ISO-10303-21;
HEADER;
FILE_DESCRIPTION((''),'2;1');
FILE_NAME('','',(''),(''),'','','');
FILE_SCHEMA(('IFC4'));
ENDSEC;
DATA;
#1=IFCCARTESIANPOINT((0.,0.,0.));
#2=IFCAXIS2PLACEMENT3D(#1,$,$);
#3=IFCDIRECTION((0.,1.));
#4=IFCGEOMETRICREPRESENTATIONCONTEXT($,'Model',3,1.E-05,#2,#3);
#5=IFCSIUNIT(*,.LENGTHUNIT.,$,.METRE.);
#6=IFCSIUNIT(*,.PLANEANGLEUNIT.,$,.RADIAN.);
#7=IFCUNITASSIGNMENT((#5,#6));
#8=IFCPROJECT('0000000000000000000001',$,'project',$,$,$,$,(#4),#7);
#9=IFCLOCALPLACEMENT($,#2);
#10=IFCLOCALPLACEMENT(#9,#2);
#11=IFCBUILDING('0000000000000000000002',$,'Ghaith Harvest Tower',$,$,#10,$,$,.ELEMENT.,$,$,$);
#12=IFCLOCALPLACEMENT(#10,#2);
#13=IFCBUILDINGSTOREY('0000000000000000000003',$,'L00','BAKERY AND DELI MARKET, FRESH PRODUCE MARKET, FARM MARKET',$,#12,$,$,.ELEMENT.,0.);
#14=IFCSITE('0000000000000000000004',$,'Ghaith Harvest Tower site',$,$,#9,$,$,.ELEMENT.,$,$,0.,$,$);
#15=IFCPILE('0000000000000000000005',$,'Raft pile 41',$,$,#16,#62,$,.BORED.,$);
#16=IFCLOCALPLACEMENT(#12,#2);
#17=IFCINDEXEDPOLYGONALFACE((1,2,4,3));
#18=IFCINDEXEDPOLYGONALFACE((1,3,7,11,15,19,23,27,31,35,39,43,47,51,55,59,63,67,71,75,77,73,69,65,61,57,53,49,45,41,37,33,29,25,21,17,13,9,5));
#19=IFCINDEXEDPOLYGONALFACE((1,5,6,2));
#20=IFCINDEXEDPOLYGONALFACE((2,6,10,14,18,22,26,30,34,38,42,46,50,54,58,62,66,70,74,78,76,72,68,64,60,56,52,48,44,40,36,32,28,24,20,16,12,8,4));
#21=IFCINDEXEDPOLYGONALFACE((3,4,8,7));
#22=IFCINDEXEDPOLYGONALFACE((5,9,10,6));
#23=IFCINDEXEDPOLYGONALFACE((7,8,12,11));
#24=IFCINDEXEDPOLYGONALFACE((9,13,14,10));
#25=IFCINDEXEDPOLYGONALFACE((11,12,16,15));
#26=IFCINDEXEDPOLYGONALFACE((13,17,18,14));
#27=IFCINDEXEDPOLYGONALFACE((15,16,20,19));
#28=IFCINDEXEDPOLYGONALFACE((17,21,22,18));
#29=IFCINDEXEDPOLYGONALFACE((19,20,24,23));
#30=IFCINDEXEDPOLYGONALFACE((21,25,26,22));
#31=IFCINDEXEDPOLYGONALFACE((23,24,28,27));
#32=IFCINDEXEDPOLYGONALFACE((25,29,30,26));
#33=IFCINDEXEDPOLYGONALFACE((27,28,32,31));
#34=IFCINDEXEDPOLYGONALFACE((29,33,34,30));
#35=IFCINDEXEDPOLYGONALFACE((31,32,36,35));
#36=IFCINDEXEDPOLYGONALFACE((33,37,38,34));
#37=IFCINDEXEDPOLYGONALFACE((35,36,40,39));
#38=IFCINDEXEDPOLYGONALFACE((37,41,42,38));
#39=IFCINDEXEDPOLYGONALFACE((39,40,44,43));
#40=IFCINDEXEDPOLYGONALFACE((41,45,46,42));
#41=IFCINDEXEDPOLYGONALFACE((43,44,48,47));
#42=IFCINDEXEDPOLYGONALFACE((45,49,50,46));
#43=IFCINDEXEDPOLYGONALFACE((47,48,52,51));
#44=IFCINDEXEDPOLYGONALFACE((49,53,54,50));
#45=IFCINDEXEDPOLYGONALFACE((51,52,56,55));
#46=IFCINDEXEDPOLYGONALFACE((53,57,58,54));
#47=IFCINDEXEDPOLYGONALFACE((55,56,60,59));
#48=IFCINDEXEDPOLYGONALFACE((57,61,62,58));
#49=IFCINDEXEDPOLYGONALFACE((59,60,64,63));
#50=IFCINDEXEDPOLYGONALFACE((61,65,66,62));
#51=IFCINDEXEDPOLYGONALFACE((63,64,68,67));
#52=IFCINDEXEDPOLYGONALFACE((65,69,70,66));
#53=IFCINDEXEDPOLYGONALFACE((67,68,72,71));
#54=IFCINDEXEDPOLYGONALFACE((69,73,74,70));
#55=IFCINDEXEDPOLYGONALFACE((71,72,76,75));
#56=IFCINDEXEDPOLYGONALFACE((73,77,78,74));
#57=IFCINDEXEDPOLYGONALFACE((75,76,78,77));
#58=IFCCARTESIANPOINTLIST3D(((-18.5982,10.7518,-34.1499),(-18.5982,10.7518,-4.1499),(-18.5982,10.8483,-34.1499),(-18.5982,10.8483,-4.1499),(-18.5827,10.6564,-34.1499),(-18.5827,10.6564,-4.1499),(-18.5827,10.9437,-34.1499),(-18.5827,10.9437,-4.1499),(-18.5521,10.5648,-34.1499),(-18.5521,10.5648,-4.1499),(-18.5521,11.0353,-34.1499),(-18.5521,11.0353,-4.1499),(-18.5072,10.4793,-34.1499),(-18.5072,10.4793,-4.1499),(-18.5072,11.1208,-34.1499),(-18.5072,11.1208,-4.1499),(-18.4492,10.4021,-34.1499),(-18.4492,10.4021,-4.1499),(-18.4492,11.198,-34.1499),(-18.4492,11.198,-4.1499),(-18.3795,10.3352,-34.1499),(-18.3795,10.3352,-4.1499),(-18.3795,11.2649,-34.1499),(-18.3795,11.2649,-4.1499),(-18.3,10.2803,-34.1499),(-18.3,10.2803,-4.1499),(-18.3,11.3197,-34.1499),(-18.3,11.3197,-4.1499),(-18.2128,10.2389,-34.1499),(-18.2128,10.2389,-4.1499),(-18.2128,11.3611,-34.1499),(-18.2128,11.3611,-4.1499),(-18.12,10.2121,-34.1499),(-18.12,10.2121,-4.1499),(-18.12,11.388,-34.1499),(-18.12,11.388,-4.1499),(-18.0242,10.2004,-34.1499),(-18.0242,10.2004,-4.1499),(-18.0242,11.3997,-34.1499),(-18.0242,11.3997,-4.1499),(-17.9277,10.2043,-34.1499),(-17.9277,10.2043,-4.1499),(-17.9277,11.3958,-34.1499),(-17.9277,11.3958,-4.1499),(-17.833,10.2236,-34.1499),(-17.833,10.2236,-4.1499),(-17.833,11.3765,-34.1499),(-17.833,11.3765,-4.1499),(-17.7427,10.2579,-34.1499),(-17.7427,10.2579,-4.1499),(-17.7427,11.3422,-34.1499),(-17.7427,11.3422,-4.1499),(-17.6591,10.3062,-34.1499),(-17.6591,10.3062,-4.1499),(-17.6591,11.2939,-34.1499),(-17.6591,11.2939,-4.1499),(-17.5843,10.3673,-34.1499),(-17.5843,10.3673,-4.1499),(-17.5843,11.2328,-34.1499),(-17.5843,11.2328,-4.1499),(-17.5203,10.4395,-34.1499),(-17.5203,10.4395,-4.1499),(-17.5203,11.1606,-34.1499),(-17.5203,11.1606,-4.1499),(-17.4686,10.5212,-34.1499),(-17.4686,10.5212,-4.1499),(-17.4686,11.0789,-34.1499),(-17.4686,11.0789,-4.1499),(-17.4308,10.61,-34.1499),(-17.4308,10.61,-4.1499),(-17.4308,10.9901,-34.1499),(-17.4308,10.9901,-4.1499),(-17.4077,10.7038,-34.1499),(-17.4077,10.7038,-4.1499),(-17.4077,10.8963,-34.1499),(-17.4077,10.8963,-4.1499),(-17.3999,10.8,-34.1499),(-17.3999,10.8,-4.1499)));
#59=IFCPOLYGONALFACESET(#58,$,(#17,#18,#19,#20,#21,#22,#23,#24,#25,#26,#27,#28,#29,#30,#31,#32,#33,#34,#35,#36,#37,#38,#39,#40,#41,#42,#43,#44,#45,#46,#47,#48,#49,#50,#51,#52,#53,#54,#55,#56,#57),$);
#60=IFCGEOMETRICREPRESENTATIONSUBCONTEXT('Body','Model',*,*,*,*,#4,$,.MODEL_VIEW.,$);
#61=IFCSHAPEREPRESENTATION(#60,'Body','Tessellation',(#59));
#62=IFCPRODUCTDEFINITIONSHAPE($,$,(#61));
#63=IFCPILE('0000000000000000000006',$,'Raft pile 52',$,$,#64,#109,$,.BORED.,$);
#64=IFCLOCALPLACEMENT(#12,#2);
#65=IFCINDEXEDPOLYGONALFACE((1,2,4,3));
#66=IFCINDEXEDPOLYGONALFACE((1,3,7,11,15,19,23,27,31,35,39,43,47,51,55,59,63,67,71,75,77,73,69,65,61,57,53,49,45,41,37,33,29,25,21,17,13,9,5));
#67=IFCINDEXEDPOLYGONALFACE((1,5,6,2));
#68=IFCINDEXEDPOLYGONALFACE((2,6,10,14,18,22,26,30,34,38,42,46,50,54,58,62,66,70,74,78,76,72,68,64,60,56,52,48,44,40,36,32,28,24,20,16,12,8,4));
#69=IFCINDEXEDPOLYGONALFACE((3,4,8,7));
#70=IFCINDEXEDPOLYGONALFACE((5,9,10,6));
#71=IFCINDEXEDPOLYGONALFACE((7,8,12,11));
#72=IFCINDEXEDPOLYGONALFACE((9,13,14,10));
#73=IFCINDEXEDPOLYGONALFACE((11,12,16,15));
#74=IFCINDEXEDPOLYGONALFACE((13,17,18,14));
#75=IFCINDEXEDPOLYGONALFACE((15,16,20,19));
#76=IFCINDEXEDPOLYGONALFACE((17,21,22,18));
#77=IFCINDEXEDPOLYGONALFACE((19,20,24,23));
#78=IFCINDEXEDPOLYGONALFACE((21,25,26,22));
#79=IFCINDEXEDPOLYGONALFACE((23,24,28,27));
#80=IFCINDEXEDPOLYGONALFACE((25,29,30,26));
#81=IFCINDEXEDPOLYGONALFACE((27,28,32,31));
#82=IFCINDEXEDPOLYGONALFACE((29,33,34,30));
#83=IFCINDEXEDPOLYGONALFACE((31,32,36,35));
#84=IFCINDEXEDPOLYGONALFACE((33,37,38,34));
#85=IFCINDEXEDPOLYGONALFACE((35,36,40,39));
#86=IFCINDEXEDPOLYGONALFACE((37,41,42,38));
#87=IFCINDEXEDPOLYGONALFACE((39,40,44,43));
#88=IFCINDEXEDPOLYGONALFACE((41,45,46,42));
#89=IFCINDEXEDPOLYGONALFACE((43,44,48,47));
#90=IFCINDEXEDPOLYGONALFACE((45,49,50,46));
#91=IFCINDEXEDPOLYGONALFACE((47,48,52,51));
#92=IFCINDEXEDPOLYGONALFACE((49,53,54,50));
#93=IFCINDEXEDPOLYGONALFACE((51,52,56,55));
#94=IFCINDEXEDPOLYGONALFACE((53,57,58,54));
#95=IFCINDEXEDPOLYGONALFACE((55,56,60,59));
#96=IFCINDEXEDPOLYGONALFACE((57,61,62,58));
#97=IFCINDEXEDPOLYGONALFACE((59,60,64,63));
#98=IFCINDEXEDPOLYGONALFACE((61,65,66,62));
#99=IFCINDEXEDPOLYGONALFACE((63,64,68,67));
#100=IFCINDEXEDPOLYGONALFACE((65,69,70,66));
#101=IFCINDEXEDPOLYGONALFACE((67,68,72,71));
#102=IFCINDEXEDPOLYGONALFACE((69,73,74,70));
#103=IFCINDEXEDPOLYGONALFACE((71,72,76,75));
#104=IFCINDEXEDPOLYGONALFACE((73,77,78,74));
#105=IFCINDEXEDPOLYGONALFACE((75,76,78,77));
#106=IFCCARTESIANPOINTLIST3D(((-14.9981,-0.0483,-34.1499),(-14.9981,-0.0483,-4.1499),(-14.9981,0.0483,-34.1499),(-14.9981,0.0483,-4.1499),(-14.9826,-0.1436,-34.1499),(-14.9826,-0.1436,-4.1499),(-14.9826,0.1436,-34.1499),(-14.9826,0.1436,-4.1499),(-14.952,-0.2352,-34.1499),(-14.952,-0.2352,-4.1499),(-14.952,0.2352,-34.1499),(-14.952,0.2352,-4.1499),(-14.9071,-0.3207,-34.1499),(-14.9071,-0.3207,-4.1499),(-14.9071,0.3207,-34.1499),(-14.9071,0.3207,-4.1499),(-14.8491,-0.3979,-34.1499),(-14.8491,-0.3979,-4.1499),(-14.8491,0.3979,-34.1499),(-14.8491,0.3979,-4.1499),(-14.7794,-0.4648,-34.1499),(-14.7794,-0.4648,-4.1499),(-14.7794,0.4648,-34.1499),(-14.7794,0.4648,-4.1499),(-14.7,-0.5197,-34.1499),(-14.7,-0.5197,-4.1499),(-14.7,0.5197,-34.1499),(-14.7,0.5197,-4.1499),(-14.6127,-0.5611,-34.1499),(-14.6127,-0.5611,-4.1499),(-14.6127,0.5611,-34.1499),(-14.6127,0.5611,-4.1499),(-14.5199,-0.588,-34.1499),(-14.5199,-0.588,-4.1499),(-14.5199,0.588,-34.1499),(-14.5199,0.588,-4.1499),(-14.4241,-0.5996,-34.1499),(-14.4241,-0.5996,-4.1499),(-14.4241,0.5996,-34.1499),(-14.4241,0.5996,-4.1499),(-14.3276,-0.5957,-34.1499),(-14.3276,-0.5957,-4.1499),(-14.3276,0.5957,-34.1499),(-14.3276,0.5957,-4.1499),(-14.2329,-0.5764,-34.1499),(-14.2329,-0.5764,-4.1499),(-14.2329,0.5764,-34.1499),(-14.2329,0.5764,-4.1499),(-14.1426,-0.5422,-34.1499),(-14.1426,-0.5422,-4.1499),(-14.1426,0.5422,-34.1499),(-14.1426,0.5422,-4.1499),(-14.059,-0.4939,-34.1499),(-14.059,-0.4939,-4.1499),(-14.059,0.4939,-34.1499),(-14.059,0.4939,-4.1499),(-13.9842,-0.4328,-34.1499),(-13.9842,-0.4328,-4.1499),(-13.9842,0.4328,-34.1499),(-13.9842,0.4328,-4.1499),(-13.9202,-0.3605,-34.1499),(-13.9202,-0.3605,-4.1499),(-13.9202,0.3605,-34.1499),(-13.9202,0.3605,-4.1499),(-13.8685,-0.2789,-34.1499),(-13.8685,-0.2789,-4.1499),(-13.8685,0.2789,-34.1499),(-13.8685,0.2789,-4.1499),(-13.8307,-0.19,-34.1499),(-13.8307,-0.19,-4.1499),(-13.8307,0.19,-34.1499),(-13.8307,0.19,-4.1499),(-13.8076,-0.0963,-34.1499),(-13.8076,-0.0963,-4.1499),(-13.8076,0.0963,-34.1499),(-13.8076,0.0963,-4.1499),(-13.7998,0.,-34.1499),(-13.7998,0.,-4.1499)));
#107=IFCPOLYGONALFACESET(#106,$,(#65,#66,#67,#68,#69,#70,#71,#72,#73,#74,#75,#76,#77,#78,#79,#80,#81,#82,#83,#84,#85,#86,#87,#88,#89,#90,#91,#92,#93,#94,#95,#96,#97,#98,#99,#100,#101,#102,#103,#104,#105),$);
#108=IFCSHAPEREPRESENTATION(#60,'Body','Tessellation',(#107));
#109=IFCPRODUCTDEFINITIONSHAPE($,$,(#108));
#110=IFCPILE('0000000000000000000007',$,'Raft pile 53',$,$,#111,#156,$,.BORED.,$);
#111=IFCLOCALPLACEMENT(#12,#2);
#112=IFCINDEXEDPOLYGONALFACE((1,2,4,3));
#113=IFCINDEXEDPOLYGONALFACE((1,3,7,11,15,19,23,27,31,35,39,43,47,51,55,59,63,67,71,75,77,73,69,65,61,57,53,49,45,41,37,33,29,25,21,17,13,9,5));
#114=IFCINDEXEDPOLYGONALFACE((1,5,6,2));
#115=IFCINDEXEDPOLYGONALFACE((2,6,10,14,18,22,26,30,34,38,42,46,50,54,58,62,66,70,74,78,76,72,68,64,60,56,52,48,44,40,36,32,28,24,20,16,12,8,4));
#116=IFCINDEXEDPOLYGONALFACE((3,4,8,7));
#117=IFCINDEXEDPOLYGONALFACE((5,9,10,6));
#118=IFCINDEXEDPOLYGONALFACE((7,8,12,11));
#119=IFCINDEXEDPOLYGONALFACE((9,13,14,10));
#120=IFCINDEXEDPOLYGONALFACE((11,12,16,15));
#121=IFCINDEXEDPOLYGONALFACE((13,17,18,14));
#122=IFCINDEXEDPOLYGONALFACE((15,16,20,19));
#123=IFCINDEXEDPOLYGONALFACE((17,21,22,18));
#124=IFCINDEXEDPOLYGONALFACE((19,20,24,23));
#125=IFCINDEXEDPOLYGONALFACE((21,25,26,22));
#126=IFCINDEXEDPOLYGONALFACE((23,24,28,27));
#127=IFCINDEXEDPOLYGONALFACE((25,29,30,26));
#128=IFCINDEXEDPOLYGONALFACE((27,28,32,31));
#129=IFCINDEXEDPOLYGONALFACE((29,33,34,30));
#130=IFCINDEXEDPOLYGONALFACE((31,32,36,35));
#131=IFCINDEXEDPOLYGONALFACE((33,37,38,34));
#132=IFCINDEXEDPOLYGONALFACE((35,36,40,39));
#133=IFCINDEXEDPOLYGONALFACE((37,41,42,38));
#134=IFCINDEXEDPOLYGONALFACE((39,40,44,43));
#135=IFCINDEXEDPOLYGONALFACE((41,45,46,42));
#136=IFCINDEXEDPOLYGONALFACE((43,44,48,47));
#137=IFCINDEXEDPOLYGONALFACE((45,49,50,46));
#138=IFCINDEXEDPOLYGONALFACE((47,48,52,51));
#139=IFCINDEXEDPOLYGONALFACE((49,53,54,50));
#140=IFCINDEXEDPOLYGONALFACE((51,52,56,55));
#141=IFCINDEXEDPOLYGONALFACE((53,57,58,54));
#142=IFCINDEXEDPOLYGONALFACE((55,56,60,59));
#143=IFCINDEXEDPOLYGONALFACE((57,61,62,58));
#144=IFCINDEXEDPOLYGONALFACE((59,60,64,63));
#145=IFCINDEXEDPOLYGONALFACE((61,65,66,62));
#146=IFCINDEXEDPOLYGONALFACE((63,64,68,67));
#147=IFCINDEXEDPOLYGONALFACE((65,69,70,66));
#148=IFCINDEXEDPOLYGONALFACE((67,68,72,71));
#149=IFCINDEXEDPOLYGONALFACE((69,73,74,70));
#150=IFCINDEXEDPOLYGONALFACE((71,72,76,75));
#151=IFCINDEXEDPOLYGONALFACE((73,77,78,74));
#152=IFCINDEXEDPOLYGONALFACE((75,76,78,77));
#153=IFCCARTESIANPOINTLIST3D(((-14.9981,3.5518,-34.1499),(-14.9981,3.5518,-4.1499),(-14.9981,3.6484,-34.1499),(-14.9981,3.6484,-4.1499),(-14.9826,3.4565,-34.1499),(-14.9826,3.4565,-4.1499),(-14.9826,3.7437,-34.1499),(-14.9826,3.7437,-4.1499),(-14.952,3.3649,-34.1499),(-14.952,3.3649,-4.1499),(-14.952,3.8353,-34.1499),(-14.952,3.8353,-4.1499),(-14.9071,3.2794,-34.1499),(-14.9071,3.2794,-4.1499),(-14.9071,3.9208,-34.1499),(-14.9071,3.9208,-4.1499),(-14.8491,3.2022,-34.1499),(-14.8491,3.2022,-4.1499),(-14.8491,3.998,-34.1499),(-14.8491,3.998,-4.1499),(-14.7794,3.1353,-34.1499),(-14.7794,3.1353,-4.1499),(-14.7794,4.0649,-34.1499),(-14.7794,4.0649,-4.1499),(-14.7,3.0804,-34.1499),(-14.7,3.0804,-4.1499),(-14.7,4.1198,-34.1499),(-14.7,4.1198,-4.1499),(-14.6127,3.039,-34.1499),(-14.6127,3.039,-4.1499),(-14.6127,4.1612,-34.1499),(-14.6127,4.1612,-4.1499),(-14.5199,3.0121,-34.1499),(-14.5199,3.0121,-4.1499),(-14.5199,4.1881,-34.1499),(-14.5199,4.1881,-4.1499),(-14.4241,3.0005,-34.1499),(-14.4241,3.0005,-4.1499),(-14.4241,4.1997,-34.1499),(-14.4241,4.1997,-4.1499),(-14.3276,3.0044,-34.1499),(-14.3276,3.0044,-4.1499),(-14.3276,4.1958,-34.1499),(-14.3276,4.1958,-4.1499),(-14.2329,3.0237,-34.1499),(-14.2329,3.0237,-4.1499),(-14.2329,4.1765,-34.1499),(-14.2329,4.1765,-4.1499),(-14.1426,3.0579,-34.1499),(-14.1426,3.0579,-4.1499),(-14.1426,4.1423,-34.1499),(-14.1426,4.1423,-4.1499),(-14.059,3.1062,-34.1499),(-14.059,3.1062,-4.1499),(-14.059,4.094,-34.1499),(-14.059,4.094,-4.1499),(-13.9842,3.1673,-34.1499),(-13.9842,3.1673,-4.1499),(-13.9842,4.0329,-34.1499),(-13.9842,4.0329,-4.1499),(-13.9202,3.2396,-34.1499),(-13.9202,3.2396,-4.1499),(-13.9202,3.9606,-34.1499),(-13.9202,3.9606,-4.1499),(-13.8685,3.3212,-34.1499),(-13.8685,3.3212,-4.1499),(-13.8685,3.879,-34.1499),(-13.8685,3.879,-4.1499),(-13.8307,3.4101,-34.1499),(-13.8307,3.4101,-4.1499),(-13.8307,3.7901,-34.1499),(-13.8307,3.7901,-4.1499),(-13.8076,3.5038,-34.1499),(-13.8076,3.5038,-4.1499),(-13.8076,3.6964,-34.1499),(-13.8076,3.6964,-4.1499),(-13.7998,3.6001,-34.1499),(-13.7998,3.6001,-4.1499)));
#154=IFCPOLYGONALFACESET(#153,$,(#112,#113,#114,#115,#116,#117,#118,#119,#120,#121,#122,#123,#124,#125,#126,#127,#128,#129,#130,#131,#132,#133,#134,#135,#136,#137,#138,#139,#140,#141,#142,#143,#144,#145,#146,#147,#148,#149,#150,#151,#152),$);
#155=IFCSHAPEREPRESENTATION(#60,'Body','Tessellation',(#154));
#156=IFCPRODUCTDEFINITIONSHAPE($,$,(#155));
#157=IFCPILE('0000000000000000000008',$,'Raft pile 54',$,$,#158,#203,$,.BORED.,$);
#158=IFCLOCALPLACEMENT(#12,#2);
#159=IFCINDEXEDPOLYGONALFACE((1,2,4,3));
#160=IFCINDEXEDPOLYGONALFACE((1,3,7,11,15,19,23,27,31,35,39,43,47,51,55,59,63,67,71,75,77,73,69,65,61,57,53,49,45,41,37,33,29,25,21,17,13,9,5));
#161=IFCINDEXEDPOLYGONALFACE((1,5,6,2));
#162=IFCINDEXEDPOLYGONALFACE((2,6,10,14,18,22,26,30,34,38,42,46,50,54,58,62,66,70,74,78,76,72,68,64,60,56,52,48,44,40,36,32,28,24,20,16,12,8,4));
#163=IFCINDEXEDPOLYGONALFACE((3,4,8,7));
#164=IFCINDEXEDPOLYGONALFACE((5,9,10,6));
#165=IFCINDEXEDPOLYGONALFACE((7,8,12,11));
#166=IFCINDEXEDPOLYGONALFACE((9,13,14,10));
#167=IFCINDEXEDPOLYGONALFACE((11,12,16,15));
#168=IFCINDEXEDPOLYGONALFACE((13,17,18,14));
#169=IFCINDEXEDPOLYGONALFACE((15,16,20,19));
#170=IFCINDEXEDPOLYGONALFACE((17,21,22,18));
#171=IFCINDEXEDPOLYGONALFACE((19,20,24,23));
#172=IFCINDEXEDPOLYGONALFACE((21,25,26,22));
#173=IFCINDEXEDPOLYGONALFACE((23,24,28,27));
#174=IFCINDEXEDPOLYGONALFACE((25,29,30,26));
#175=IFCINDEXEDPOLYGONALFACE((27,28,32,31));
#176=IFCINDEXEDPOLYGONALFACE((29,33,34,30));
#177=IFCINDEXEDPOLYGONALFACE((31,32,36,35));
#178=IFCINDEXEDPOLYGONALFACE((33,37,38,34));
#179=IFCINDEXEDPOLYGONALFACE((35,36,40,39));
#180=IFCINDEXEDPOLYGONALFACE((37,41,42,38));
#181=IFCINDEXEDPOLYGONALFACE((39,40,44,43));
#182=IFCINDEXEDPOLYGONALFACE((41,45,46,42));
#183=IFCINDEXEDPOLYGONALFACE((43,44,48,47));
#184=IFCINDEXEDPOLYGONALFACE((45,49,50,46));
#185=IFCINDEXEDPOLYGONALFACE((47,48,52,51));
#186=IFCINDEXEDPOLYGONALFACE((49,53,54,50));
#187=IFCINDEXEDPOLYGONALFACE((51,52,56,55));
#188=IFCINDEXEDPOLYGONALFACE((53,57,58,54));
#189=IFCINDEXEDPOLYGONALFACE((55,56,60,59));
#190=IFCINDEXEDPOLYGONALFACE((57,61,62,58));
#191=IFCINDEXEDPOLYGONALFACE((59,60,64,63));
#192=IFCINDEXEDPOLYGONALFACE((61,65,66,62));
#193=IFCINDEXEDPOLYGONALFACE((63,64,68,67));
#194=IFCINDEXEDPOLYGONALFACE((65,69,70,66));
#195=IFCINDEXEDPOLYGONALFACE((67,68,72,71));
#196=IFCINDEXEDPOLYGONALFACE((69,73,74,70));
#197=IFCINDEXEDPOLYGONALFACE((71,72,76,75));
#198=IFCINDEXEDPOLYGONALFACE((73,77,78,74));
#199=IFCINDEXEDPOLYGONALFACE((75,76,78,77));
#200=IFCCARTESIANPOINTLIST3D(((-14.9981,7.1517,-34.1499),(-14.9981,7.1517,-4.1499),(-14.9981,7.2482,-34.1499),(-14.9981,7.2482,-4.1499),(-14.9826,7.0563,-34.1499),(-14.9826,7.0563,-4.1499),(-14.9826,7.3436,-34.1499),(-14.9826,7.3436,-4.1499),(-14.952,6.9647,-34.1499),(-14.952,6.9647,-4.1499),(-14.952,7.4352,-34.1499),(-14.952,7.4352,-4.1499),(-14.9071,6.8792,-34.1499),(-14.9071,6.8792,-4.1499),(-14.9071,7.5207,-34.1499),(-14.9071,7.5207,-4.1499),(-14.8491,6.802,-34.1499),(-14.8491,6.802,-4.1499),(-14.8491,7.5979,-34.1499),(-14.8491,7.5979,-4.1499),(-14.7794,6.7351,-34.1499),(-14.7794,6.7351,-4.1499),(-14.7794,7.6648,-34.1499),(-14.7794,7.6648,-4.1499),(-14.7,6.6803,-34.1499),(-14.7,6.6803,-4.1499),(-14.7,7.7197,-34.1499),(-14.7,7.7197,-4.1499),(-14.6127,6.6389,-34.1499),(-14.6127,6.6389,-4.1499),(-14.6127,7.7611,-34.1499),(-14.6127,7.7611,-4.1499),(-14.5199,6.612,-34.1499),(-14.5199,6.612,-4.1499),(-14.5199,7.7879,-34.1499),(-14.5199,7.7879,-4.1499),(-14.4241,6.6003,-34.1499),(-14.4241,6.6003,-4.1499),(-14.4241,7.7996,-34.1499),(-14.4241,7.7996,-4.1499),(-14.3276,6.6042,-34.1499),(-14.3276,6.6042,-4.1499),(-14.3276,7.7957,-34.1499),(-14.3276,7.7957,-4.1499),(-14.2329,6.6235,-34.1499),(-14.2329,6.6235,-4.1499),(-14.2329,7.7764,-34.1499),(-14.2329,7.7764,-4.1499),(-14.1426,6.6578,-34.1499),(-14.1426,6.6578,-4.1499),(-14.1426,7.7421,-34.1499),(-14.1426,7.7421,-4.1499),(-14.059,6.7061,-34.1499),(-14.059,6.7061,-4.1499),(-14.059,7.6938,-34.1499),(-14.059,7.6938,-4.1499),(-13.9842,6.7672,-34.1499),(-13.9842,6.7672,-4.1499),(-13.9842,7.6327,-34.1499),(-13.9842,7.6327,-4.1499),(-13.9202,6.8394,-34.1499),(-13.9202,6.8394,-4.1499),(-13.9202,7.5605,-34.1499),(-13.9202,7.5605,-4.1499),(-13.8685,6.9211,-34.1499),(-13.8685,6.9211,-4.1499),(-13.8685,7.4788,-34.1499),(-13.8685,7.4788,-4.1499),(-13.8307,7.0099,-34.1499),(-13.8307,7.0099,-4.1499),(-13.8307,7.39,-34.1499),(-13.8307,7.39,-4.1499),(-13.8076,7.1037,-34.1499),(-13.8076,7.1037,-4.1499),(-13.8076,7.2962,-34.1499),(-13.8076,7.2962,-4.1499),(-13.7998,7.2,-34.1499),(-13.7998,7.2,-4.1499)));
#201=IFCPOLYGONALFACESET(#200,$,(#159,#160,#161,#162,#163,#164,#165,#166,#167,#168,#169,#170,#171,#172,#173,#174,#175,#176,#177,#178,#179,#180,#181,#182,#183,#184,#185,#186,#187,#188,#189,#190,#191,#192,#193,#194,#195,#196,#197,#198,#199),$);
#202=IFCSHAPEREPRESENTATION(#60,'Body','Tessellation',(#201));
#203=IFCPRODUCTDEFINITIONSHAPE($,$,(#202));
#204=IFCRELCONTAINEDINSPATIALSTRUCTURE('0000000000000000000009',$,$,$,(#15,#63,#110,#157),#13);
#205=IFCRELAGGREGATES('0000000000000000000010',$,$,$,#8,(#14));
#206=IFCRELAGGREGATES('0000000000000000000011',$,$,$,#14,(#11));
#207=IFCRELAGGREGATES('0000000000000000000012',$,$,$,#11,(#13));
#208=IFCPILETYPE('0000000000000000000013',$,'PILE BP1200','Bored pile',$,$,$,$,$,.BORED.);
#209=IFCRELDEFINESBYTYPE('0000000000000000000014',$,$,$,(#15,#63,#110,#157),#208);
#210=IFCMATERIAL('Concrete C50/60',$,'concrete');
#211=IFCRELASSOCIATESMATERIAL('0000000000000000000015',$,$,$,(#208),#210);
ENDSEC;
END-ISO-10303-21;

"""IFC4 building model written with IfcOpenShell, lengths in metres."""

from ifc_helpers import new_model, si_unit, direction, frame, origin, origin_2d, place, context, subcontext, project, spatial, circle, extrude, material, material_profile, profile_set, type_object, element, save


model = new_model("IFC4")

# Units and contexts
model_context = context("Model", 3, precision=1e-05, world=origin(), true_north=direction((0.0, 1.0)))
body_context = subcontext(model_context, "Body", "Model", "MODEL_VIEW")
ifc_project = project(units=[si_unit("LENGTHUNIT", "METRE"), si_unit("PLANEANGLEUNIT", "RADIAN")], contexts=[model_context])

# Site, building, storey
site_placement = place(None, origin())
site = spatial("IfcSite", under=ifc_project, at=site_placement, Name="Ghaith Harvest Tower site", CompositionType="ELEMENT", RefElevation=0.0)
building_placement = place(site_placement, origin())
building = spatial("IfcBuilding", under=site, at=building_placement, Name="Ghaith Harvest Tower", CompositionType="ELEMENT")
storey_placement = place(building_placement, origin())
storey = spatial("IfcBuildingStorey", under=building, at=storey_placement, Name="L00", Description="BAKERY AND DELI MARKET, FRESH PRODUCE MARKET, FARM MARKET", CompositionType="ELEMENT", Elevation=0.0)

# Piles
ifc_material_1 = material(Name="Concrete C50/60", Category="concrete")
ifc_material_profile = material_profile(ifc_material_1, circle(Radius=0.6001, at=origin_2d()), Name="PILE1200")
ifc_profile_set = profile_set([ifc_material_profile], Name="Concrete C50/60")
pile_type = type_object("IfcPileType", Name="PILE BP1200", Description="Bored pile", PredefinedType="BORED", material=ifc_profile_set)
for number, where, z_axis, x_axis, name in (
    (1, (-18.0, 10.8, -4.1499), (0.0, 0.0, -1.0), (1.0, 0.0, 0.0), "Raft pile 41"),
    (2, (-14.3999, 0.0, -4.1499), (0.0, 0.0, -1.0), (1.0, 0.0, 0.0), "Raft pile 52"),
    (3, (-14.3999, 3.6001, -4.1499), (0.0, 0.0, -1.0), (1.0, 0.0, 0.0), "Raft pile 53"),
    (4, (-14.3999, 7.2, -4.1499), (0.0, 0.0, -1.0), (1.0, 0.0, 0.0), "Raft pile 54"),
):
    element("IfcPile", number, at=place(storey_placement, frame(where, z_axis=z_axis, x_axis=x_axis)), inside=storey, type_object=pile_type, Name=name, PredefinedType="BORED", context=body_context, shape_type="SweptSolid", body=[
        extrude(circle(Radius=0.6001, at=origin_2d()), origin(), (0.0, 0.0, 1.0), 30.0),
    ])

save(model, "model.ifc")
